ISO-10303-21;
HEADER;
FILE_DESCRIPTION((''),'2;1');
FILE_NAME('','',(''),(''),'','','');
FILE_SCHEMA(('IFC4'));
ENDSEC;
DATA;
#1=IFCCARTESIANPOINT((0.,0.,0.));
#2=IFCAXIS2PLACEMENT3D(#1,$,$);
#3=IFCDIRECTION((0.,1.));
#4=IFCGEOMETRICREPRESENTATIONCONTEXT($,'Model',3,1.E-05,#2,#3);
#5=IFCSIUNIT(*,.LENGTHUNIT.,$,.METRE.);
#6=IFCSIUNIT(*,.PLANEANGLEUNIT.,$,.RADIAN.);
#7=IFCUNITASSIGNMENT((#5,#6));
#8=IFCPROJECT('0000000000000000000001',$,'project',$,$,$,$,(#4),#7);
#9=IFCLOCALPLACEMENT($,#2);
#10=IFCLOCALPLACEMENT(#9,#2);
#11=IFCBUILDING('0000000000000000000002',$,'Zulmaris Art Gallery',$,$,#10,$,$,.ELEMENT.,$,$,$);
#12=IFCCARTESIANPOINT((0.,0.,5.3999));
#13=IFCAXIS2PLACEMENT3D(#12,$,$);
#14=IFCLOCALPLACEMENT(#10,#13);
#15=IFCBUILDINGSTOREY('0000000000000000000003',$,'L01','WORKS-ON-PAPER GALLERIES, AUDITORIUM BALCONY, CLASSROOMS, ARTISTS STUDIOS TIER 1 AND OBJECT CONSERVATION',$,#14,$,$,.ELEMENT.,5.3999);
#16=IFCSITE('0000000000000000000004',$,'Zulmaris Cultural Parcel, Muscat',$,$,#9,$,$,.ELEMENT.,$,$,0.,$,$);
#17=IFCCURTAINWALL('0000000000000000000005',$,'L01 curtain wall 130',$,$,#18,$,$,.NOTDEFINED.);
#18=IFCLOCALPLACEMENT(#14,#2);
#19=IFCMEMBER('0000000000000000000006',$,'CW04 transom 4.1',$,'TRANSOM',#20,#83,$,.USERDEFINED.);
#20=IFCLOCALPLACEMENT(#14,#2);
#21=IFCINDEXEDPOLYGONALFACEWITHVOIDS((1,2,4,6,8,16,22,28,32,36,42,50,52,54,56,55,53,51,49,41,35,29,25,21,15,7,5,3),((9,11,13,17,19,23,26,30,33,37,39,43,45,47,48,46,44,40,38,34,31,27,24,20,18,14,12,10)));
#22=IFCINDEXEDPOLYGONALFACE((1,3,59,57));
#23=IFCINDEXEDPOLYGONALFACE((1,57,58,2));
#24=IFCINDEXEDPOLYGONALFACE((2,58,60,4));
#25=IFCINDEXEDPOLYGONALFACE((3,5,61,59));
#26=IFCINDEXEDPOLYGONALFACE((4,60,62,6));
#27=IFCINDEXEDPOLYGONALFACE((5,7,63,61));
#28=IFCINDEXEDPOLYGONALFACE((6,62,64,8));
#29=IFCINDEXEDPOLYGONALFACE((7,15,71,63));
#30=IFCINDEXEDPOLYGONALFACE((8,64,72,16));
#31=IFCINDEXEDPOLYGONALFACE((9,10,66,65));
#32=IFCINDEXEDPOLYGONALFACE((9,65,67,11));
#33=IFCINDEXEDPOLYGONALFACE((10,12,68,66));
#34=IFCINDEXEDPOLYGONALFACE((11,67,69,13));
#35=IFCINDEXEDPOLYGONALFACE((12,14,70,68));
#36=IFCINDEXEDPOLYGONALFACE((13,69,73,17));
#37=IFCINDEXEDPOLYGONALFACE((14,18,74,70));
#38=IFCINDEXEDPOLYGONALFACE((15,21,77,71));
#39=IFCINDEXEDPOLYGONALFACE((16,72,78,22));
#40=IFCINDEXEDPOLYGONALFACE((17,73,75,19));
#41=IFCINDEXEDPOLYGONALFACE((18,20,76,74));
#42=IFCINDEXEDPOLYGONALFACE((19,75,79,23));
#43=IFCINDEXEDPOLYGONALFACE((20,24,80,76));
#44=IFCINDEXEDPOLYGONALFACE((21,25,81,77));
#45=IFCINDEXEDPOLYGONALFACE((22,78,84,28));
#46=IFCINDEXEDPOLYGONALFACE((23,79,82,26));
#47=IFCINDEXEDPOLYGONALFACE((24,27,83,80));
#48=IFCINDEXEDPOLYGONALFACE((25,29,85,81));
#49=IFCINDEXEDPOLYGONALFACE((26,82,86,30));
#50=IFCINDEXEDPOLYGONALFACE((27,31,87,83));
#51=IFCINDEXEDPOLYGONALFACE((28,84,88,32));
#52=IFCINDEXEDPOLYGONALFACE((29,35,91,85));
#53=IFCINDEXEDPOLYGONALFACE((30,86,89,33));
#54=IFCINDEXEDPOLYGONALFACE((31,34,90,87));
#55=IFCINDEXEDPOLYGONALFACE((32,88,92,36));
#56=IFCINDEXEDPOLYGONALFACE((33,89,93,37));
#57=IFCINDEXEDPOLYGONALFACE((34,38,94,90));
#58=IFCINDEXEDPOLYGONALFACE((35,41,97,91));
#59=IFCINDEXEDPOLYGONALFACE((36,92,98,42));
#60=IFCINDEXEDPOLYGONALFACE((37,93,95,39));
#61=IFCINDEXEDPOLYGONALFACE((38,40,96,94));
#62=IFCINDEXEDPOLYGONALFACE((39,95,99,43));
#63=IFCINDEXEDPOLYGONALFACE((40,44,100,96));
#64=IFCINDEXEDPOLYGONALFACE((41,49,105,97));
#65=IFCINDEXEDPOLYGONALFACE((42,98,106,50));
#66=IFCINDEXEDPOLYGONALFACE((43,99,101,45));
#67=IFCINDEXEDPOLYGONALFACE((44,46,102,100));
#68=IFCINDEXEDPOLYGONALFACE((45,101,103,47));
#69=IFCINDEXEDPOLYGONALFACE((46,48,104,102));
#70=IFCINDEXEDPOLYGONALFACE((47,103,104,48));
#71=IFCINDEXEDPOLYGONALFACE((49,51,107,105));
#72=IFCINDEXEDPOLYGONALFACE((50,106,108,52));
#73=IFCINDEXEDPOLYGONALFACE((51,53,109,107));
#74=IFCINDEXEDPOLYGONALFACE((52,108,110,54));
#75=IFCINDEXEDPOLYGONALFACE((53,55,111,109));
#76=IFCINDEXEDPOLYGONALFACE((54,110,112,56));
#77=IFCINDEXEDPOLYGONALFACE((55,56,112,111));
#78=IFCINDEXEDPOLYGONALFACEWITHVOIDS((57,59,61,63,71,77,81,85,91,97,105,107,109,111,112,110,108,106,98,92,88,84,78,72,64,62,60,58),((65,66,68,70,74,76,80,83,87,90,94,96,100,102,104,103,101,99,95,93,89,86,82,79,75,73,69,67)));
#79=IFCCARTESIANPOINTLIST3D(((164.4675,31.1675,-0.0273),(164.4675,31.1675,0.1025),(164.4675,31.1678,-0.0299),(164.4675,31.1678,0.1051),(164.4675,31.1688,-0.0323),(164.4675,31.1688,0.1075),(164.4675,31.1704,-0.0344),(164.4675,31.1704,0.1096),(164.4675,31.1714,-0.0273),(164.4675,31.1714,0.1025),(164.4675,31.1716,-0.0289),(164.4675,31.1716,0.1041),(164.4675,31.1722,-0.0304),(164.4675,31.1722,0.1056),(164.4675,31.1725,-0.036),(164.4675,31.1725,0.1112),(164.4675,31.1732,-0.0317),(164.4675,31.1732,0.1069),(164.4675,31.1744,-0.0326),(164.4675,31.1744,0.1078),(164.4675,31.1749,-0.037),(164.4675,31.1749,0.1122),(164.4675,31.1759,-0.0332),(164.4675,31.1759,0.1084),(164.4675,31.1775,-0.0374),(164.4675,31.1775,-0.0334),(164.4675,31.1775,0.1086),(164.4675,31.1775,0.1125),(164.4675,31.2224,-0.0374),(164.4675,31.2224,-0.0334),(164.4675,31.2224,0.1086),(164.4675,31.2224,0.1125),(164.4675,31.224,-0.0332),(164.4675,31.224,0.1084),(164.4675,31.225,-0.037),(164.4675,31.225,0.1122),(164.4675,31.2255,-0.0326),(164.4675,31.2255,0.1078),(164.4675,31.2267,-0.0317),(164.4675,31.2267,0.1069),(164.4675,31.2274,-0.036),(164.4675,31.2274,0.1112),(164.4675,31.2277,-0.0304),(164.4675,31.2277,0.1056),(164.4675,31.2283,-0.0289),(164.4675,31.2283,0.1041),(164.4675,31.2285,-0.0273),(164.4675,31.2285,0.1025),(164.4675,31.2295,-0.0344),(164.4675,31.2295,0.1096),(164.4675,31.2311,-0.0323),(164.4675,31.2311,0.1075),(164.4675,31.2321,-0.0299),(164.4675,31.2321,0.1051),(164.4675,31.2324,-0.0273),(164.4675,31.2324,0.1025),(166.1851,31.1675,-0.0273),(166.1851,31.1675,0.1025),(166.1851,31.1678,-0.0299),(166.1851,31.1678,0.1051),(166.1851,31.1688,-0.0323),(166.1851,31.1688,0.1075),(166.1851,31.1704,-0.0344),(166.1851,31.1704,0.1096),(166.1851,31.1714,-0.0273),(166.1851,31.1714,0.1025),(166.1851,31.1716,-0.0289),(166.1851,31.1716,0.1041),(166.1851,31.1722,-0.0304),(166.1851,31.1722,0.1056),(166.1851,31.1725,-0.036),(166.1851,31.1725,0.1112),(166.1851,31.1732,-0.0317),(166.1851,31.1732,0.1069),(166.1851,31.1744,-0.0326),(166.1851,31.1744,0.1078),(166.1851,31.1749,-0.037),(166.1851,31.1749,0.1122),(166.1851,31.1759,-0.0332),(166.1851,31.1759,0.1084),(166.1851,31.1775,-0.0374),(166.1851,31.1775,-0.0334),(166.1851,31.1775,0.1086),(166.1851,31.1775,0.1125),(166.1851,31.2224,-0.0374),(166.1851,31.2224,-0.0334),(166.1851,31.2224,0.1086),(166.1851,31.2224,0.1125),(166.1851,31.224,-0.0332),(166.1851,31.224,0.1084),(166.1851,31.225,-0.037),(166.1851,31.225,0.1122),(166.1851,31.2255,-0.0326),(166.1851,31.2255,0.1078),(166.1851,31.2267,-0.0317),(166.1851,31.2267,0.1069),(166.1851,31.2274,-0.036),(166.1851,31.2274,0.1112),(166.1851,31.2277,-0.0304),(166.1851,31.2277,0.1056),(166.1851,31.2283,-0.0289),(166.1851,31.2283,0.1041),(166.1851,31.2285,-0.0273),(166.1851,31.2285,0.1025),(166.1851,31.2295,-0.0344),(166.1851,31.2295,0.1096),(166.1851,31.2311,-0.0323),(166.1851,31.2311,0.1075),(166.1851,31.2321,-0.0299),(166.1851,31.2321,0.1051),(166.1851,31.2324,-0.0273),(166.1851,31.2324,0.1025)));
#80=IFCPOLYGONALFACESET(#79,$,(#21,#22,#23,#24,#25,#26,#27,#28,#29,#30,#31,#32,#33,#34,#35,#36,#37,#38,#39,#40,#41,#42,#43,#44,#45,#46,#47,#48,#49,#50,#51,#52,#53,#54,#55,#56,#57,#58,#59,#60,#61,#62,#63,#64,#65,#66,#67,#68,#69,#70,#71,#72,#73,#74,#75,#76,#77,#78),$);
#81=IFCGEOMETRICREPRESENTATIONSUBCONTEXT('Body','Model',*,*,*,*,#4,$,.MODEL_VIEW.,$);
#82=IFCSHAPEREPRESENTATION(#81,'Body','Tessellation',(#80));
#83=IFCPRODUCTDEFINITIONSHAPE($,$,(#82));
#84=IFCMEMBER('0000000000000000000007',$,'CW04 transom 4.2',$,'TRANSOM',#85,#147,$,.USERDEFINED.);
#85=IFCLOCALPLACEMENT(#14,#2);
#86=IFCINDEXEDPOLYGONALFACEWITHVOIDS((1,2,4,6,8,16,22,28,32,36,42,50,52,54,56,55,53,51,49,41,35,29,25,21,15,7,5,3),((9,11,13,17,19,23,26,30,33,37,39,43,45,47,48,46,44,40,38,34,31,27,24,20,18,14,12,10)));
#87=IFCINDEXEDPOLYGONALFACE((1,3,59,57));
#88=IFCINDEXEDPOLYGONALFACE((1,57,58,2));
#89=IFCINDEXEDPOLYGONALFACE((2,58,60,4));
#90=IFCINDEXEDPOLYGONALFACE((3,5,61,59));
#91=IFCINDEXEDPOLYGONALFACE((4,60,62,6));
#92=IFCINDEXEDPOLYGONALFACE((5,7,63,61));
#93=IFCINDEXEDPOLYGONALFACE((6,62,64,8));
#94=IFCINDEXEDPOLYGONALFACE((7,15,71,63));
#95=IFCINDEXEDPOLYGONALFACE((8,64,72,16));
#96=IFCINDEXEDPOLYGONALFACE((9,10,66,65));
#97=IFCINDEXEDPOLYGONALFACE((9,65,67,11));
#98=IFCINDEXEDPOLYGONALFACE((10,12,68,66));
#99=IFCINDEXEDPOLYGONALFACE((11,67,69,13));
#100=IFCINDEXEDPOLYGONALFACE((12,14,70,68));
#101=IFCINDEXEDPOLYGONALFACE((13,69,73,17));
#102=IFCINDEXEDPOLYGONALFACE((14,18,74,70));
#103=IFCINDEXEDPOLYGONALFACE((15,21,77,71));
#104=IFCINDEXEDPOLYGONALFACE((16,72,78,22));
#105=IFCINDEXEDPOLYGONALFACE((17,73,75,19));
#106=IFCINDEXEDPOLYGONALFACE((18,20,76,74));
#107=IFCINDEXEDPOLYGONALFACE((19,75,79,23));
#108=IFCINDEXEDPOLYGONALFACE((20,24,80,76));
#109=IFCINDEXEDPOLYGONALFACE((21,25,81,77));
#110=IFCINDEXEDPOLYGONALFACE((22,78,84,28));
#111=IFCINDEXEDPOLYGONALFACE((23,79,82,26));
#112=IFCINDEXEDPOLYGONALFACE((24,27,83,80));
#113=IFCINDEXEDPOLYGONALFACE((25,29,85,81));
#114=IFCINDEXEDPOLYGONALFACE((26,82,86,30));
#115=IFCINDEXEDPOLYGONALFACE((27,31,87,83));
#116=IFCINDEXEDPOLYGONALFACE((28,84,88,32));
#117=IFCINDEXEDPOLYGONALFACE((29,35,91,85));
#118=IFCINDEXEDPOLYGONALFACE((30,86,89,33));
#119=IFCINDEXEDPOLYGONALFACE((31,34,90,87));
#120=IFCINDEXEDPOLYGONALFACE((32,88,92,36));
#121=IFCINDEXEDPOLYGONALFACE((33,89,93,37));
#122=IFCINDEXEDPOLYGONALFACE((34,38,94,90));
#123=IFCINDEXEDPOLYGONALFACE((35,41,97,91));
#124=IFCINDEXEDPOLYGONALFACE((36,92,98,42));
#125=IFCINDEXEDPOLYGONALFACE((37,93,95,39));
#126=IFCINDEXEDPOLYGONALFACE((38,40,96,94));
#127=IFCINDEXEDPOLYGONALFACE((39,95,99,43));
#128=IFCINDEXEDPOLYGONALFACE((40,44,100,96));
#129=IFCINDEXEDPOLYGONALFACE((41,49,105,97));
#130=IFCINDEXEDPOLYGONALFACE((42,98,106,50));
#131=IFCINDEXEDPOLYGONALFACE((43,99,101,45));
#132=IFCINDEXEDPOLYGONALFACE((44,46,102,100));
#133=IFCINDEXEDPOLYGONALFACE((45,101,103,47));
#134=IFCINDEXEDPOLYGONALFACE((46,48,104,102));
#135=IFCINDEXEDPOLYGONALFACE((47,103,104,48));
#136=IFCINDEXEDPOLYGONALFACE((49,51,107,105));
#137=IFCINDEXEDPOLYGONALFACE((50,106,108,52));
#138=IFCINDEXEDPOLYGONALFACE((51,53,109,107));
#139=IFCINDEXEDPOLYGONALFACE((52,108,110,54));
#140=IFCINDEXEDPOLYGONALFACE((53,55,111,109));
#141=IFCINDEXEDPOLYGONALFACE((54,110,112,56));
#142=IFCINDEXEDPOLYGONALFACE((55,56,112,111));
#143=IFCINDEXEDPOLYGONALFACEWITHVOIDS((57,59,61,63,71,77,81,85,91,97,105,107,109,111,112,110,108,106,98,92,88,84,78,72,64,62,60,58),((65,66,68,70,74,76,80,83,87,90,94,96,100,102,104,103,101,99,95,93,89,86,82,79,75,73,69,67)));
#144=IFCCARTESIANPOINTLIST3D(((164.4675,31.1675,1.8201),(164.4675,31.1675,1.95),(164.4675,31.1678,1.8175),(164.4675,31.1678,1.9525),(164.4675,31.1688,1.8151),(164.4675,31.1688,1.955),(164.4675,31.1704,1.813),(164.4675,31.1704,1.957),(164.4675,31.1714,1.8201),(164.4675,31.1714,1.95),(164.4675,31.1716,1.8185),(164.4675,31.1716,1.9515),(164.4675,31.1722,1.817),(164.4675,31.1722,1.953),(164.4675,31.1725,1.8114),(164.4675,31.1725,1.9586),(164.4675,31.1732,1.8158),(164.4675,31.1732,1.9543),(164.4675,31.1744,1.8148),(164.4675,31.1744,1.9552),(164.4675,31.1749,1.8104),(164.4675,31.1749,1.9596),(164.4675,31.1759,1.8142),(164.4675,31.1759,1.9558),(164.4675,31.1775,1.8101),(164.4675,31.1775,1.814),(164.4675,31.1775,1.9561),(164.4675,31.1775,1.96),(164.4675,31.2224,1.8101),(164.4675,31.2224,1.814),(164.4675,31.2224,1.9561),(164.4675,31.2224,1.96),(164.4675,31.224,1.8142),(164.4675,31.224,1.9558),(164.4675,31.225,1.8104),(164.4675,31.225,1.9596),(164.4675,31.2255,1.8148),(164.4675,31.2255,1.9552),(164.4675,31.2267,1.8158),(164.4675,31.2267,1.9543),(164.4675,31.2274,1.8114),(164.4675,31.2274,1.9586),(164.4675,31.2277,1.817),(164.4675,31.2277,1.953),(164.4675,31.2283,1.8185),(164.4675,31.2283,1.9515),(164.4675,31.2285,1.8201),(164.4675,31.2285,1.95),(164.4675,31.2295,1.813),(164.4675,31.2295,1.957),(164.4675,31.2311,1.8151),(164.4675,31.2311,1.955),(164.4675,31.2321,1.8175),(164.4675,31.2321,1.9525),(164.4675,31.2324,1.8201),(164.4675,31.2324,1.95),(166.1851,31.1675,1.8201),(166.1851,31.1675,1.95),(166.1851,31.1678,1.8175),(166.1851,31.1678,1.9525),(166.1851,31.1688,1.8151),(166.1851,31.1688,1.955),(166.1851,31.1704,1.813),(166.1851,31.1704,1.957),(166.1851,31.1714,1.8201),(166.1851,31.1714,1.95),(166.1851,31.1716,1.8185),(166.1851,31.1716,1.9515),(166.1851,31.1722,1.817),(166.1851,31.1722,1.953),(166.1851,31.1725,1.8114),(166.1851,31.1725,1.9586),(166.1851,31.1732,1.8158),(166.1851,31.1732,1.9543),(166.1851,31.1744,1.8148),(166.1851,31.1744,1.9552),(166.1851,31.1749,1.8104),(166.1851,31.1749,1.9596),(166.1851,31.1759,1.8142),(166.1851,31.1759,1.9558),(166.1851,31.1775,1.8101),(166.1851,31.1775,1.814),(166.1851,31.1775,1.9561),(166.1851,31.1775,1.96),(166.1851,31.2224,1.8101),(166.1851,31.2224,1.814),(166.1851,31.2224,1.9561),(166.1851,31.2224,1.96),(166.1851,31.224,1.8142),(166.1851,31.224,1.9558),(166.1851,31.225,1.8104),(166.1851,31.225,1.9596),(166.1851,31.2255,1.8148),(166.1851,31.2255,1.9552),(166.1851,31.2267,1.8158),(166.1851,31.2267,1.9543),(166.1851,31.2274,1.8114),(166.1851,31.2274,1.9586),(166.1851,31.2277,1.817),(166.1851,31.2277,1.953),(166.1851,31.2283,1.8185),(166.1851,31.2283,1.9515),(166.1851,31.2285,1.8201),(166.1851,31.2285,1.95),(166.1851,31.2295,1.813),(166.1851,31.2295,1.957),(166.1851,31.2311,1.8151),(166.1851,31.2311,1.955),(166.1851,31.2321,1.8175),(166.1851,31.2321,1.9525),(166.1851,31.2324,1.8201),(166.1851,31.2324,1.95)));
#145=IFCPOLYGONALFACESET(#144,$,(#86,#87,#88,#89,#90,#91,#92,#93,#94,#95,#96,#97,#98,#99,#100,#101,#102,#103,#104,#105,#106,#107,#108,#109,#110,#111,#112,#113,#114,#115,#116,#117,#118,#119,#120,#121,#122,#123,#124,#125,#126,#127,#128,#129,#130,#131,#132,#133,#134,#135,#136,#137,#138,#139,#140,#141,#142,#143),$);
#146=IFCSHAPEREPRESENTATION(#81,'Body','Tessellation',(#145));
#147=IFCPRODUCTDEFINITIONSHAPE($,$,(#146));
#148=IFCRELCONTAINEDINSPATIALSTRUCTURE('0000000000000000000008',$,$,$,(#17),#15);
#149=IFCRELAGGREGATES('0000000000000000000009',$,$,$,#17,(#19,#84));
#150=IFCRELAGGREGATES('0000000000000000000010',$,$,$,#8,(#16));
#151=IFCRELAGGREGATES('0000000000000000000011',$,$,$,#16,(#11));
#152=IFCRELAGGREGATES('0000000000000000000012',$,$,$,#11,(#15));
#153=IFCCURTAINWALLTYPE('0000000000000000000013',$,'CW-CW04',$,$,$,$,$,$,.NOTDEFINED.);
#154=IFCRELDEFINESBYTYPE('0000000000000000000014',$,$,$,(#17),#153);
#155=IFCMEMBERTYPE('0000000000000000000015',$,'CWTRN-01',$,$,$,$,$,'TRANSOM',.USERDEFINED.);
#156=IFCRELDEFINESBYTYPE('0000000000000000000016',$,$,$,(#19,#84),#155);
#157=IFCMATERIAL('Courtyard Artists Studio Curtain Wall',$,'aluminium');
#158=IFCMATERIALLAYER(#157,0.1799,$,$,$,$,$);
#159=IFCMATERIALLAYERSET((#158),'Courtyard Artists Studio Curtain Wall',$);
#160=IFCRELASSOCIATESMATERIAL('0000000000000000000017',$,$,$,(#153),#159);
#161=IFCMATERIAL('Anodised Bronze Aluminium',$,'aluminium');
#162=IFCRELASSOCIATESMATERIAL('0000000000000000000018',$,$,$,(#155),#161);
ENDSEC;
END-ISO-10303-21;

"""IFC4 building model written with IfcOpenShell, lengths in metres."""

from ifc_helpers import new_model, si_unit, direction, frame, origin, origin_2d, place, context, subcontext, project, spatial, hollow_rectangle, extrude, material, layer, layer_set, material_profile, profile_set, type_object, element, aggregate, save


model = new_model("IFC4")

# Units and contexts
model_context = context("Model", 3, precision=1e-05, world=origin(), true_north=direction((0.0, 1.0)))
body_context = subcontext(model_context, "Body", "Model", "MODEL_VIEW")
ifc_project = project(units=[si_unit("LENGTHUNIT", "METRE"), si_unit("PLANEANGLEUNIT", "RADIAN")], contexts=[model_context])

# Site, building, storey
site_placement = place(None, origin())
site = spatial("IfcSite", under=ifc_project, at=site_placement, Name="Zulmaris Cultural Parcel, Muscat", CompositionType="ELEMENT", RefElevation=0.0)
building_placement = place(site_placement, origin())
building = spatial("IfcBuilding", under=site, at=building_placement, Name="Zulmaris Art Gallery", CompositionType="ELEMENT")
storey_placement = place(building_placement, frame((0.0, 0.0, 5.3999)))
storey = spatial("IfcBuildingStorey", under=building, at=storey_placement, Name="L01", Description="WORKS-ON-PAPER GALLERIES, AUDITORIUM BALCONY, CLASSROOMS, ARTISTS STUDIOS TIER 1 AND OBJECT CONSERVATION", CompositionType="ELEMENT", Elevation=5.3999)

# Curtain wall
ifc_material_1 = material(Name="Courtyard Artists Studio Curtain Wall", Category="aluminium")
ifc_layer_1 = layer(ifc_material_1, 0.1799)
ifc_layer_set_1 = layer_set([ifc_layer_1], Name="Courtyard Artists Studio Curtain Wall")
curtain_wall_type = type_object("IfcCurtainWallType", Name="CW-CW04", PredefinedType="NOTDEFINED", material=ifc_layer_set_1)
curtain_wall_1_placement = place(storey_placement, origin())
curtain_wall_1 = element("IfcCurtainWall", 1, at=curtain_wall_1_placement, inside=storey, type_object=curtain_wall_type, Name="L01 curtain wall 130", PredefinedType="NOTDEFINED")
ifc_material_2 = material(Name="Anodised Bronze Aluminium", Category="aluminium")

# Members
ifc_material_profile_1 = material_profile(ifc_material_2, hollow_rectangle(XDim=0.0649, YDim=0.1499, WallThickness=0.0039, InnerFilletRadius=0.0061, OuterFilletRadius=0.01, at=origin_2d()), Name="ALU 65x150x4")
ifc_profile_set_1 = profile_set([ifc_material_profile_1], Name="Anodised Bronze Aluminium")
member_type_1 = type_object("IfcMemberType", Name="CWTRN-01", ElementType="TRANSOM", PredefinedType="USERDEFINED", material=ifc_profile_set_1)
member_1_placement = place(storey_placement, frame((164.4675, 31.2, 0.0376), z_axis=(1.0, 0.0, 0.0), x_axis=(0.0, 1.0, 0.0)))
member_1 = element("IfcMember", 2, at=member_1_placement, type_object=member_type_1, Name="CW04 transom 4.1", ObjectType="TRANSOM", PredefinedType="USERDEFINED", context=body_context, shape_type="SweptSolid", body=[
    extrude(hollow_rectangle(XDim=0.0649, YDim=0.1499, WallThickness=0.0039, InnerFilletRadius=0.0061, OuterFilletRadius=0.01, at=origin_2d()), origin(), (0.0, 0.0, 1.0), 1.7175),
])
member_2_placement = place(storey_placement, frame((164.4675, 31.2, 1.885), z_axis=(1.0, 0.0, 0.0), x_axis=(0.0, 1.0, 0.0)))
member_2 = element("IfcMember", 3, at=member_2_placement, type_object=member_type_1, Name="CW04 transom 4.2", ObjectType="TRANSOM", PredefinedType="USERDEFINED", context=body_context, shape_type="SweptSolid", body=[
    extrude(hollow_rectangle(XDim=0.0649, YDim=0.1499, WallThickness=0.0039, InnerFilletRadius=0.0061, OuterFilletRadius=0.01, at=origin_2d()), origin(), (0.0, 0.0, 1.0), 1.7175),
])

aggregate(curtain_wall_1, [member_1, member_2])

save(model, "model.ifc")
